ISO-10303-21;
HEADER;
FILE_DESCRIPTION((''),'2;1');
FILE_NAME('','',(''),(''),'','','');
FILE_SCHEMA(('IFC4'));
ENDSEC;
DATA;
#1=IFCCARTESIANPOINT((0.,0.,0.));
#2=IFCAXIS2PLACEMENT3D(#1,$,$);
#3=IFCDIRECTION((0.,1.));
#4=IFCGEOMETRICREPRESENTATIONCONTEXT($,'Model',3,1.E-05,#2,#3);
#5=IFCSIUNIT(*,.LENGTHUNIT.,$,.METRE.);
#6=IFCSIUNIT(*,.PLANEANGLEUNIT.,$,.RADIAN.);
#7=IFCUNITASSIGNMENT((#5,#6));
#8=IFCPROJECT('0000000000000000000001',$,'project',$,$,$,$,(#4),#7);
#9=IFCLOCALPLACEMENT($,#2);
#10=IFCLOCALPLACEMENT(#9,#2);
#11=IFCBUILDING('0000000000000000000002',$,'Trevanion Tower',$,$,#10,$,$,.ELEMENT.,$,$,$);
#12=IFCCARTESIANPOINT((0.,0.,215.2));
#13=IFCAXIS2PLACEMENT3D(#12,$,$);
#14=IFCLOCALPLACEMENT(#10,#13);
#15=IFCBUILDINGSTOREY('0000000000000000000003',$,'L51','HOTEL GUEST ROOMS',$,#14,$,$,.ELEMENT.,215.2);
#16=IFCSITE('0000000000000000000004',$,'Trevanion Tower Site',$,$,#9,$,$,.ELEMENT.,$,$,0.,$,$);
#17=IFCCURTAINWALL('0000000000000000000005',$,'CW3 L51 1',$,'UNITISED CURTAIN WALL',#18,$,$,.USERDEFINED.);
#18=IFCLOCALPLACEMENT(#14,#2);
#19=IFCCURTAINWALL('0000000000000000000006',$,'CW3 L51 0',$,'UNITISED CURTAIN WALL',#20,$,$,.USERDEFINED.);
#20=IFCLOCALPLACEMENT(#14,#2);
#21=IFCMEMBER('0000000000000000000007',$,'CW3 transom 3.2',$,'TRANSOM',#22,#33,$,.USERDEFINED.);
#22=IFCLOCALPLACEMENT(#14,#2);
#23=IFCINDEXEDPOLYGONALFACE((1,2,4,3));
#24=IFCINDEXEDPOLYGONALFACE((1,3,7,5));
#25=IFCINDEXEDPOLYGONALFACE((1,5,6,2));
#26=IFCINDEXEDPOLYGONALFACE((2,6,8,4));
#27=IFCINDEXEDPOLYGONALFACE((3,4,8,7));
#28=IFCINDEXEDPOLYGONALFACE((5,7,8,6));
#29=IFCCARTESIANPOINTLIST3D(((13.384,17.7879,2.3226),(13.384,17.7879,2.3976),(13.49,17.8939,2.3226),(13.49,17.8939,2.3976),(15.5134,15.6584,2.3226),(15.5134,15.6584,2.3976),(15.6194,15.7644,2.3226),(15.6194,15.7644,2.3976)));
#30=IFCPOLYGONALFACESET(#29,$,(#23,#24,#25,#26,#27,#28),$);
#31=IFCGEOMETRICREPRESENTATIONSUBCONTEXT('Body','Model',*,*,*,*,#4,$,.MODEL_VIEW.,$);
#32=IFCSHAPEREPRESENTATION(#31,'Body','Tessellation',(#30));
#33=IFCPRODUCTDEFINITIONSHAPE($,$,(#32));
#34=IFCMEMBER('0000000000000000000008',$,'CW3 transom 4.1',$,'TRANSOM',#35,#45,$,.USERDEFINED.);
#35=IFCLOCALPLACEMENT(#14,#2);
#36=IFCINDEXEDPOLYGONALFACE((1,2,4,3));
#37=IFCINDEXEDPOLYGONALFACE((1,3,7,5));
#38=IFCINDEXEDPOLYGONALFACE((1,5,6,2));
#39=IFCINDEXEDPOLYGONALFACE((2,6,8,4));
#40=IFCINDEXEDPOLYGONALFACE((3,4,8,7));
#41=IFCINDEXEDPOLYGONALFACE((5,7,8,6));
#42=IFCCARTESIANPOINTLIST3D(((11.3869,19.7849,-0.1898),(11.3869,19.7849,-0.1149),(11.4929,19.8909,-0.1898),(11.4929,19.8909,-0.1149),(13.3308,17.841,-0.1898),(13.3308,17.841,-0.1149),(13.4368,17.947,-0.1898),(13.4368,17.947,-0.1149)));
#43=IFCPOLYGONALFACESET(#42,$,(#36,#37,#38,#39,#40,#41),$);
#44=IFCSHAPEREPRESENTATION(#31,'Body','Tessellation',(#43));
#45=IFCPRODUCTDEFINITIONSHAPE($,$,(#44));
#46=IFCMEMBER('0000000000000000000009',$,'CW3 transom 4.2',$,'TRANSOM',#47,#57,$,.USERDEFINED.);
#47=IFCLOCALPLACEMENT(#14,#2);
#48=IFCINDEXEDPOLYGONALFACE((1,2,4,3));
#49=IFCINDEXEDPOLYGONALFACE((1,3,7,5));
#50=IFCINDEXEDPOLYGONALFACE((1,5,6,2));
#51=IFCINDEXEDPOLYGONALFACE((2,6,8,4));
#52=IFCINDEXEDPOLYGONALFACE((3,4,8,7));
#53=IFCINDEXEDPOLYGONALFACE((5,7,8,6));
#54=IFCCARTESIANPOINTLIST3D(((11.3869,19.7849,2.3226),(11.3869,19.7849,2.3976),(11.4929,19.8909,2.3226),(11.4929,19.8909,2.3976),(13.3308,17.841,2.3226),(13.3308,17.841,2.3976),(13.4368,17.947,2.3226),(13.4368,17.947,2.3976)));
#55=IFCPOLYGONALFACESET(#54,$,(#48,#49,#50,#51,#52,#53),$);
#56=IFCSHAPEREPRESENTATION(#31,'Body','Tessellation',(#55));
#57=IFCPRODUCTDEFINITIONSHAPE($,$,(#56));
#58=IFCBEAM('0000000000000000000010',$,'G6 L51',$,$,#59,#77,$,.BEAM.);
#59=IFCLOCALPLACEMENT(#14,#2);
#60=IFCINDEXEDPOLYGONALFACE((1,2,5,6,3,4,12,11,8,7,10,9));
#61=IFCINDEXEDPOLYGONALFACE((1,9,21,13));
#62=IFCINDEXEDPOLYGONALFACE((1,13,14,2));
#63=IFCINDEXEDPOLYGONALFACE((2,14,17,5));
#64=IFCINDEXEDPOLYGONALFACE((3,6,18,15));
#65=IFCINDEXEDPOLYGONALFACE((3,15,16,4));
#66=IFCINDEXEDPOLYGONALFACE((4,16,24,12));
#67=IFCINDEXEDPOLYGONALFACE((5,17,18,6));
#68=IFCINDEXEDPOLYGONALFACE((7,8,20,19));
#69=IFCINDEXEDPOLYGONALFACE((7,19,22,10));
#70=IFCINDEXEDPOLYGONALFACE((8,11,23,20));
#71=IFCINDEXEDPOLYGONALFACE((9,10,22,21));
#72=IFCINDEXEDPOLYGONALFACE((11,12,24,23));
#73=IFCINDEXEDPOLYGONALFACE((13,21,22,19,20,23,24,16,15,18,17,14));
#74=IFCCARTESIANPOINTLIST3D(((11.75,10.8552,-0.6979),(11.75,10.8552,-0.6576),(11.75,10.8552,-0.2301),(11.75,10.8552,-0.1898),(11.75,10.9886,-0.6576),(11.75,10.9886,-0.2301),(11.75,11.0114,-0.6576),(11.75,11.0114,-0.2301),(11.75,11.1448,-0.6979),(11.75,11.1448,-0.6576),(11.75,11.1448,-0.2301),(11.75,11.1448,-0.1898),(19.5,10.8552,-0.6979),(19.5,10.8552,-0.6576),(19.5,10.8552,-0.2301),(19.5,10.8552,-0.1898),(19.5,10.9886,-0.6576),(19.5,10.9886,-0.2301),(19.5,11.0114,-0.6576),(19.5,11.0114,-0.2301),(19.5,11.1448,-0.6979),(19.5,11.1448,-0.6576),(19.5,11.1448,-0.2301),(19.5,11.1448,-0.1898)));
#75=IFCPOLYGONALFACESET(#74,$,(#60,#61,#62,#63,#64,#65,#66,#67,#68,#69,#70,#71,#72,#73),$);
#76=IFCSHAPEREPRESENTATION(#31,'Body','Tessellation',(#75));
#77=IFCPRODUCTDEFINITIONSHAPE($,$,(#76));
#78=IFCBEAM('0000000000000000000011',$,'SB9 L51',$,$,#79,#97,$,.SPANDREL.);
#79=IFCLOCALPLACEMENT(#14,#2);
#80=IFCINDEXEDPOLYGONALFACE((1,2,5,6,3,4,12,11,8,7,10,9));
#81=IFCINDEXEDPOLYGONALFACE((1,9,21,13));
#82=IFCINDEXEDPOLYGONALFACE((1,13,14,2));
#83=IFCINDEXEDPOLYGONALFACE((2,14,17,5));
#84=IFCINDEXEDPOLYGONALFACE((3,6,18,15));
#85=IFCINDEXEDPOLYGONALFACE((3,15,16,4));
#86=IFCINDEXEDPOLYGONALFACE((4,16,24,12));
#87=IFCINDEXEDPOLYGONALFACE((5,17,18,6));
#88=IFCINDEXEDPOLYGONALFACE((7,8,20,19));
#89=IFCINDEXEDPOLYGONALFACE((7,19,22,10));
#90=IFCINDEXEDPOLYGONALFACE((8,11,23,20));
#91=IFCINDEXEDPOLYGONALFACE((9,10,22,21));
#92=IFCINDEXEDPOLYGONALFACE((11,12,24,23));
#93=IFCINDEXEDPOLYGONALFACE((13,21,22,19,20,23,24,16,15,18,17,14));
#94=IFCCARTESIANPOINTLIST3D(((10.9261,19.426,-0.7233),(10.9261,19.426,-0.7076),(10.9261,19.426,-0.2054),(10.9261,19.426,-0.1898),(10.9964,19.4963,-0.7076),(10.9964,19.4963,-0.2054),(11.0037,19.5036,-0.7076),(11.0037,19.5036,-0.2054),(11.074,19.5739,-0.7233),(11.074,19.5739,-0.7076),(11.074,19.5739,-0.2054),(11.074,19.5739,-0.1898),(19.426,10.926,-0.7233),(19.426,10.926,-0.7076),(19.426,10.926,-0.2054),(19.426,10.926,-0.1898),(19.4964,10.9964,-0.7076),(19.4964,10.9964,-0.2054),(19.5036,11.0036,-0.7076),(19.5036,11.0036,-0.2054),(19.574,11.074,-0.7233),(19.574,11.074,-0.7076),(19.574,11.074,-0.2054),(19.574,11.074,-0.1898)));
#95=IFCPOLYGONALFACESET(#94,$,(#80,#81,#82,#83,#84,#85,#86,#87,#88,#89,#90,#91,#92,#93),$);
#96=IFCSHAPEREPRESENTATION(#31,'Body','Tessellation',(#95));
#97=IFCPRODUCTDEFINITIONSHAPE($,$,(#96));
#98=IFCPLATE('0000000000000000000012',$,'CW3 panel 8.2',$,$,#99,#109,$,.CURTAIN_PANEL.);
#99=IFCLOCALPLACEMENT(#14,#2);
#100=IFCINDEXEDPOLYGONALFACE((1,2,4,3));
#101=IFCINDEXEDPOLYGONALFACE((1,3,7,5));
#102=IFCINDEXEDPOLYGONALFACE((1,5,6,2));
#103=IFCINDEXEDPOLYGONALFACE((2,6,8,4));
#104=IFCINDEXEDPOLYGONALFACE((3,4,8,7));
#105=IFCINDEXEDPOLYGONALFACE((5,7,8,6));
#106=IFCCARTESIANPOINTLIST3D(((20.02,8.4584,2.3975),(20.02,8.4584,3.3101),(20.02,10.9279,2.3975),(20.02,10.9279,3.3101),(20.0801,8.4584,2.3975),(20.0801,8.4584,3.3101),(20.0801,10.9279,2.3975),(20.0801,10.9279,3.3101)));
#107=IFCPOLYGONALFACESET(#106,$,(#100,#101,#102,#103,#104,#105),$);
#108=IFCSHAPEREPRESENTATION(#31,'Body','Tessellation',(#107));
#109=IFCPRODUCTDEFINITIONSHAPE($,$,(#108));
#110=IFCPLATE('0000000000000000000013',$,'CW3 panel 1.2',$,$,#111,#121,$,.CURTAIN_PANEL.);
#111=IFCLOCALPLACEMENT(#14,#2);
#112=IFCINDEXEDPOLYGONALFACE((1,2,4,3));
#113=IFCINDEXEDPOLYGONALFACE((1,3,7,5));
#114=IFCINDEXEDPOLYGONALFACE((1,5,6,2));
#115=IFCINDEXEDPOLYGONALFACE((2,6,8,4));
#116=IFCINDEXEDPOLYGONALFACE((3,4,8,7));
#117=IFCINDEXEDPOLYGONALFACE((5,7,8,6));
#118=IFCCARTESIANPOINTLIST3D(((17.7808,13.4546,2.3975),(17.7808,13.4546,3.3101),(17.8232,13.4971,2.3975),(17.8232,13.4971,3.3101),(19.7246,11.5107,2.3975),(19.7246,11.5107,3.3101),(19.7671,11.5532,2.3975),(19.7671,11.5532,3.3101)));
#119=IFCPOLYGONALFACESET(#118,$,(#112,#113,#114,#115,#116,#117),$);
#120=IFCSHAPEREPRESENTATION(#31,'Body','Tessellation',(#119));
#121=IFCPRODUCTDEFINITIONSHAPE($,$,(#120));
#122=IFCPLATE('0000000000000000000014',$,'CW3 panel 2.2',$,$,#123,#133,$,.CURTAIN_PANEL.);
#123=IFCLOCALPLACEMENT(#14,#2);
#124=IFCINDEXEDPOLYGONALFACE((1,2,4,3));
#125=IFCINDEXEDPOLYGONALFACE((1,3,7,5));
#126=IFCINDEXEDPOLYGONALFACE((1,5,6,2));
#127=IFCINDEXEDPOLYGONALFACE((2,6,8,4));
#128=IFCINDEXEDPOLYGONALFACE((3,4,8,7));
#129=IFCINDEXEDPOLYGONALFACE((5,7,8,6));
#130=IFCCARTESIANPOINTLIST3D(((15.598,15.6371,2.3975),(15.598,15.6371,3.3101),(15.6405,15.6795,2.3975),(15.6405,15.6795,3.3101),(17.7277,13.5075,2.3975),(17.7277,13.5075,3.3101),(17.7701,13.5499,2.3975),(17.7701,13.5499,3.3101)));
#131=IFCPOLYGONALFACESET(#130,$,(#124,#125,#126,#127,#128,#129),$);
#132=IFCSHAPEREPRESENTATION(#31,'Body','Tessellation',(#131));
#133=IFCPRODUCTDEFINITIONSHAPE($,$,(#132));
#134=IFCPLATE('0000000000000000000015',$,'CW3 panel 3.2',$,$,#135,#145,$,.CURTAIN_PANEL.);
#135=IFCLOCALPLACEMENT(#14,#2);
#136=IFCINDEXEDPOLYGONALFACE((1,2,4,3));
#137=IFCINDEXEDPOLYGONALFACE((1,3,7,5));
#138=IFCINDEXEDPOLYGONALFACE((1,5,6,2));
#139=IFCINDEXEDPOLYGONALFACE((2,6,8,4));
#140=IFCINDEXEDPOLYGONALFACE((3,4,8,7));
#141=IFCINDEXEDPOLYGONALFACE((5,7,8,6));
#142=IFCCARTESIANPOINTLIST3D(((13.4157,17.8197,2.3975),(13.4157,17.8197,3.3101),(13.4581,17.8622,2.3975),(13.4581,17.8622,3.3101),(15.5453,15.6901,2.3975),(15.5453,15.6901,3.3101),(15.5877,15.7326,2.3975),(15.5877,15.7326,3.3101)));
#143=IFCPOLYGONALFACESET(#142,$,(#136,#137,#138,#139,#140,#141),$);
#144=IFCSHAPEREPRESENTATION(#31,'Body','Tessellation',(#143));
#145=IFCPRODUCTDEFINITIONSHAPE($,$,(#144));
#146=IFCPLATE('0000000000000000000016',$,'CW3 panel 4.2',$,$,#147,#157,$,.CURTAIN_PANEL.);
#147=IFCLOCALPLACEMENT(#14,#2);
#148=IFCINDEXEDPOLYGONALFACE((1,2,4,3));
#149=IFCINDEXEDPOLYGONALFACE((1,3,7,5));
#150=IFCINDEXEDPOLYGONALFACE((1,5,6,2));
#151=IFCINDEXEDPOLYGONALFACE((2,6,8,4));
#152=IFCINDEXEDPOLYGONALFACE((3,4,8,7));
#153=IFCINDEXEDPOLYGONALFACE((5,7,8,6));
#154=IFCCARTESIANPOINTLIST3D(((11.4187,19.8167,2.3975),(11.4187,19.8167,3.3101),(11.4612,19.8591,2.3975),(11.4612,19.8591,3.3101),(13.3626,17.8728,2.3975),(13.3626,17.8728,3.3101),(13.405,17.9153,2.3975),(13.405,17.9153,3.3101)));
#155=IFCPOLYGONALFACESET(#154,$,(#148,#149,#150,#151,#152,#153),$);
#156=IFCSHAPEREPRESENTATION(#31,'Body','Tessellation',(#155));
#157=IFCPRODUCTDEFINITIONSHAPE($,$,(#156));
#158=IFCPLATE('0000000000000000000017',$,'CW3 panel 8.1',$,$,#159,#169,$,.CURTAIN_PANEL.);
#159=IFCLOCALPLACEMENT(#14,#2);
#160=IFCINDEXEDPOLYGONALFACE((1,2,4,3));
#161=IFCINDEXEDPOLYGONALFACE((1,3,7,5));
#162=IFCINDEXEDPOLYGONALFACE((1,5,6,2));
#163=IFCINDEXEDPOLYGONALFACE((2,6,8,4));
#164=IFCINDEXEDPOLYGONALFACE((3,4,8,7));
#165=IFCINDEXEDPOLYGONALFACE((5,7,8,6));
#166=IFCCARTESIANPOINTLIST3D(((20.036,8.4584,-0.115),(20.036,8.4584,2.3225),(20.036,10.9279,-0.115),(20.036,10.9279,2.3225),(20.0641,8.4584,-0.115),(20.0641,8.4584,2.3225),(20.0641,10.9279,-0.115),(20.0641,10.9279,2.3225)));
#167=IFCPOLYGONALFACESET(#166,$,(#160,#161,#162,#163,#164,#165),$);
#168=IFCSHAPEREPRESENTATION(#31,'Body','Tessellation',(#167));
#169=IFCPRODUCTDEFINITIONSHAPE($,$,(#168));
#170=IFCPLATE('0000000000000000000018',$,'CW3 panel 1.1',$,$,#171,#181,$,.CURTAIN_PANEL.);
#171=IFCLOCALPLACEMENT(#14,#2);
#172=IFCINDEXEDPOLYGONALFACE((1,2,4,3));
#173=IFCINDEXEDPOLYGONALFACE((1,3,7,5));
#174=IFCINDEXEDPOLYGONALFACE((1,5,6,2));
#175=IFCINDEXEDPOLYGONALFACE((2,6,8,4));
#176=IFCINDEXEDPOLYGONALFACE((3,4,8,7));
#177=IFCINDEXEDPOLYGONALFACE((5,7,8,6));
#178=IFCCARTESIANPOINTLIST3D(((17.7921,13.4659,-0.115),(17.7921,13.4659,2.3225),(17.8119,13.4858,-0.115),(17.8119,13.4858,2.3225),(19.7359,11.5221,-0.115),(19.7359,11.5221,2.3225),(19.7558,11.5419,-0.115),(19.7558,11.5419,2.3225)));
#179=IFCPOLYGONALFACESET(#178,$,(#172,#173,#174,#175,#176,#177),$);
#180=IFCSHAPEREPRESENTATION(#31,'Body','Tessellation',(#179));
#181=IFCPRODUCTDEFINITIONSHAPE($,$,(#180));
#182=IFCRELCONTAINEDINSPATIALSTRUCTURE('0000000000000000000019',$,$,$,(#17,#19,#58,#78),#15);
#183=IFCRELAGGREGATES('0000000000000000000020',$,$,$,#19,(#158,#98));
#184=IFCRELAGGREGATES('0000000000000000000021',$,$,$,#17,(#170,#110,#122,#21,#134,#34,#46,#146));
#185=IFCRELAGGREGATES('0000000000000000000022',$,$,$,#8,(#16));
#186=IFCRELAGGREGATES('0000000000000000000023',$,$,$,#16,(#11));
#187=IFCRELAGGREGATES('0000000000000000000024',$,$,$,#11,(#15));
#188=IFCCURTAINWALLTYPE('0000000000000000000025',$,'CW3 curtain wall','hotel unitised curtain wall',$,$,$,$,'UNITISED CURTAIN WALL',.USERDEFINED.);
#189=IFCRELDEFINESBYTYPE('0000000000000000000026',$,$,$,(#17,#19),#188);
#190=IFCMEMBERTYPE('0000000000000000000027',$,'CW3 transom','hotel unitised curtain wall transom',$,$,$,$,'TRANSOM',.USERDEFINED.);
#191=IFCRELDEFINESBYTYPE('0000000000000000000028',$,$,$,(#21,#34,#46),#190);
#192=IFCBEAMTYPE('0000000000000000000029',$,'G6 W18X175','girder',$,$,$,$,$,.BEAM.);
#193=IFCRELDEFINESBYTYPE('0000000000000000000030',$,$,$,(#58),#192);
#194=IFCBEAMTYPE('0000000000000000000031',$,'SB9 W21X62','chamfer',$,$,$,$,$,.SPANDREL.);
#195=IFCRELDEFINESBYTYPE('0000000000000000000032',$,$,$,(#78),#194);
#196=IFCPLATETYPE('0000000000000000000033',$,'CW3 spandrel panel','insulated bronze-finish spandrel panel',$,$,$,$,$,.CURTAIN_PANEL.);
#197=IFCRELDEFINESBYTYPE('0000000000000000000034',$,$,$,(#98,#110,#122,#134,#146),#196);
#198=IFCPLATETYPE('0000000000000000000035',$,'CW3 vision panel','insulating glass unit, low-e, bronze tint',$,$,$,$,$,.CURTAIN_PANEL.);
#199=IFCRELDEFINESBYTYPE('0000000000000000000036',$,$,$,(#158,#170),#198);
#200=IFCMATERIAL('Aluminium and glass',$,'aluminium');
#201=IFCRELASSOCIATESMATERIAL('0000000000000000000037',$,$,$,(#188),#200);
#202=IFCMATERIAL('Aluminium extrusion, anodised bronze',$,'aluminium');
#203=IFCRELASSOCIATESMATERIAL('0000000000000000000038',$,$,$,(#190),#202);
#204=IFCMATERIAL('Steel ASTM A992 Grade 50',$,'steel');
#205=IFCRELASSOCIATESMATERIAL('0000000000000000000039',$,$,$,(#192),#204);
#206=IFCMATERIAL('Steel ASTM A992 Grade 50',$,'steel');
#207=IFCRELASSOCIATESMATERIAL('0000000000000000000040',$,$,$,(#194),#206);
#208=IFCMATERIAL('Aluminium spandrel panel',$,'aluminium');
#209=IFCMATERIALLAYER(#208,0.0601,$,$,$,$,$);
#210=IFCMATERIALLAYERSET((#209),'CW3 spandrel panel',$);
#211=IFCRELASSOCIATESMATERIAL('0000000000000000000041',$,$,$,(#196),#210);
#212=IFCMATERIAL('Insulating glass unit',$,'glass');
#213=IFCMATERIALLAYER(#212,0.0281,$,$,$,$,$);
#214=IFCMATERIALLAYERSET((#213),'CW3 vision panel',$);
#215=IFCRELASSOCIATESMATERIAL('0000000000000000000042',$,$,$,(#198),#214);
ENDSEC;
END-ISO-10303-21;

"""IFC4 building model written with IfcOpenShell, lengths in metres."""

from ifc_helpers import new_model, si_unit, direction, frame, origin, origin_2d, place, context, subcontext, project, spatial, rectangle, i_section, extrude, material, layer, layer_set, material_profile, profile_set, type_object, element, aggregate, save


model = new_model("IFC4")

# Units and contexts
model_context = context("Model", 3, precision=1e-05, world=origin(), true_north=direction((0.0, 1.0)))
body_context = subcontext(model_context, "Body", "Model", "MODEL_VIEW")
ifc_project = project(units=[si_unit("LENGTHUNIT", "METRE"), si_unit("PLANEANGLEUNIT", "RADIAN")], contexts=[model_context])

# Site, building, storey
site_placement = place(None, origin())
site = spatial("IfcSite", under=ifc_project, at=site_placement, Name="Trevanion Tower Site", CompositionType="ELEMENT", RefElevation=0.0)
building_placement = place(site_placement, origin())
building = spatial("IfcBuilding", under=site, at=building_placement, Name="Trevanion Tower", CompositionType="ELEMENT")
storey_placement = place(building_placement, frame((0.0, 0.0, 215.2)))
storey = spatial("IfcBuildingStorey", under=building, at=storey_placement, Name="L51", Description="HOTEL GUEST ROOMS", CompositionType="ELEMENT", Elevation=215.2)

# Curtain wall
ifc_material_1 = material(Name="Aluminium and glass", Category="aluminium")
curtain_wall_type = type_object("IfcCurtainWallType", Name="CW3 curtain wall", Description="hotel unitised curtain wall", ElementType="UNITISED CURTAIN WALL", PredefinedType="USERDEFINED", material=ifc_material_1)
curtain_wall_1_placement = place(storey_placement, origin())
curtain_wall_1 = element("IfcCurtainWall", 1, at=curtain_wall_1_placement, inside=storey, type_object=curtain_wall_type, Name="CW3 L51 1", ObjectType="UNITISED CURTAIN WALL", PredefinedType="USERDEFINED")

# Curtain wall
curtain_wall_2_placement = place(storey_placement, origin())
curtain_wall_2 = element("IfcCurtainWall", 2, at=curtain_wall_2_placement, inside=storey, type_object=curtain_wall_type, Name="CW3 L51 0", ObjectType="UNITISED CURTAIN WALL", PredefinedType="USERDEFINED")

# Members
ifc_material_2 = material(Name="Aluminium extrusion, anodised bronze", Category="aluminium")
ifc_material_profile_1 = material_profile(ifc_material_2, rectangle(XDim=0.1499, YDim=0.075, at=origin_2d()), Name="CW3 transom")
ifc_profile_set_1 = profile_set([ifc_material_profile_1], Name="Aluminium extrusion, anodised bronze")
member_type_1 = type_object("IfcMemberType", Name="CW3 transom", Description="hotel unitised curtain wall transom", ElementType="TRANSOM", PredefinedType="USERDEFINED", material=ifc_profile_set_1)
member_1_placement = place(storey_placement, frame((15.5664, 15.7114, 2.3601), z_axis=(-0.707107, 0.707107, 0.0), x_axis=(-0.707107, -0.707107, 0.0)))
member_1 = element("IfcMember", 3, at=member_1_placement, type_object=member_type_1, Name="CW3 transom 3.2", ObjectType="TRANSOM", PredefinedType="USERDEFINED", context=body_context, shape_type="SweptSolid", body=[
    extrude(rectangle(XDim=0.1499, YDim=0.075, at=origin_2d()), origin(), (0.0, 0.0, 1.0), 3.0115),
])
member_2_placement = place(storey_placement, frame((13.3838, 17.894, -0.1523), z_axis=(-0.707107, 0.707107, 0.0), x_axis=(-0.707107, -0.707107, 0.0)))
member_2 = element("IfcMember", 4, at=member_2_placement, type_object=member_type_1, Name="CW3 transom 4.1", ObjectType="TRANSOM", PredefinedType="USERDEFINED", context=body_context, shape_type="SweptSolid", body=[
    extrude(rectangle(XDim=0.1499, YDim=0.075, at=origin_2d()), origin(), (0.0, 0.0, 1.0), 2.749),
])
member_3_placement = place(storey_placement, frame((13.3838, 17.894, 2.3601), z_axis=(-0.707107, 0.707107, 0.0), x_axis=(-0.707107, -0.707107, 0.0)))
member_3 = element("IfcMember", 5, at=member_3_placement, type_object=member_type_1, Name="CW3 transom 4.2", ObjectType="TRANSOM", PredefinedType="USERDEFINED", context=body_context, shape_type="SweptSolid", body=[
    extrude(rectangle(XDim=0.1499, YDim=0.075, at=origin_2d()), origin(), (0.0, 0.0, 1.0), 2.749),
])

# Beams
ifc_material_3 = material(Name="Steel ASTM A992 Grade 50", Category="steel")
ifc_material_profile_2 = material_profile(ifc_material_3, i_section(OverallWidth=0.2896, OverallDepth=0.5081, WebThickness=0.0227, FlangeThickness=0.0403, at=origin_2d()), Name="W18X175")
ifc_profile_set_2 = profile_set([ifc_material_profile_2], Name="Steel ASTM A992 Grade 50")
beam_type_1 = type_object("IfcBeamType", Name="G6 W18X175", Description="girder", PredefinedType="BEAM", material=ifc_profile_set_2)
beam_1_placement = place(storey_placement, frame((11.75, 11.0, -0.4438), z_axis=(1.0, 0.0, 0.0), x_axis=(0.0, 1.0, 0.0)))
element("IfcBeam", 6, at=beam_1_placement, inside=storey, type_object=beam_type_1, Name="G6 L51", PredefinedType="BEAM", context=body_context, shape_type="SweptSolid", body=[
    extrude(i_section(OverallWidth=0.2896, OverallDepth=0.5081, WebThickness=0.0227, FlangeThickness=0.0403, at=origin_2d()), origin(), (0.0, 0.0, 1.0), 7.75),
])
ifc_material_4 = material(Name="Steel ASTM A992 Grade 50", Category="steel")
ifc_material_profile_3 = material_profile(ifc_material_4, i_section(OverallWidth=0.2092, OverallDepth=0.5334, WebThickness=0.0103, FlangeThickness=0.0156, at=origin_2d()), Name="W21X62")
ifc_profile_set_3 = profile_set([ifc_material_profile_3], Name="Steel ASTM A992 Grade 50")
beam_type_2 = type_object("IfcBeamType", Name="SB9 W21X62", Description="chamfer", PredefinedType="SPANDREL", material=ifc_profile_set_3)
beam_2_placement = place(storey_placement, frame((19.5, 11.0, -0.4565), z_axis=(-0.707107, 0.707107, 0.0), x_axis=(-0.707107, -0.707107, 0.0)))
element("IfcBeam", 7, at=beam_2_placement, inside=storey, type_object=beam_type_2, Name="SB9 L51", PredefinedType="SPANDREL", context=body_context, shape_type="SweptSolid", body=[
    extrude(i_section(OverallWidth=0.2092, OverallDepth=0.5334, WebThickness=0.0103, FlangeThickness=0.0156, at=origin_2d()), origin(), (0.0, 0.0, 1.0), 12.0208),
])

# Plates
ifc_material_5 = material(Name="Aluminium spandrel panel", Category="aluminium")
ifc_layer_1 = layer(ifc_material_5, 0.0601)
ifc_layer_set_1 = layer_set([ifc_layer_1], Name="CW3 spandrel panel")
plate_type_1 = type_object("IfcPlateType", Name="CW3 spandrel panel", Description="insulated bronze-finish spandrel panel", PredefinedType="CURTAIN_PANEL", material=ifc_layer_set_1)
plate_1_placement = place(storey_placement, frame((20.05, 9.6931, 2.3975), z_axis=(0.0, 0.0, 1.0), x_axis=(0.0, 1.0, 0.0)))
plate_1 = element("IfcPlate", 8, at=plate_1_placement, type_object=plate_type_1, Name="CW3 panel 8.2", PredefinedType="CURTAIN_PANEL", context=body_context, shape_type="SweptSolid", body=[
    extrude(rectangle(XDim=2.4695, YDim=0.0601, at=origin_2d()), origin(), (0.0, 0.0, 1.0), 0.9126),
])
plate_2_placement = place(storey_placement, frame((18.7739, 12.5039, 2.3975), z_axis=(0.0, 0.0, 1.0), x_axis=(-0.707107, 0.707107, 0.0)))
plate_2 = element("IfcPlate", 9, at=plate_2_placement, type_object=plate_type_1, Name="CW3 panel 1.2", PredefinedType="CURTAIN_PANEL", context=body_context, shape_type="SweptSolid", body=[
    extrude(rectangle(XDim=2.749, YDim=0.0601, at=origin_2d()), origin(), (0.0, 0.0, 1.0), 0.9126),
])
plate_3_placement = place(storey_placement, frame((16.6841, 14.5935, 2.3975), z_axis=(0.0, 0.0, 1.0), x_axis=(-0.707107, 0.707107, 0.0)))
plate_3 = element("IfcPlate", 10, at=plate_3_placement, type_object=plate_type_1, Name="CW3 panel 2.2", PredefinedType="CURTAIN_PANEL", context=body_context, shape_type="SweptSolid", body=[
    extrude(rectangle(XDim=3.0117, YDim=0.0601, at=origin_2d()), origin(), (0.0, 0.0, 1.0), 0.9126),
])
plate_4_placement = place(storey_placement, frame((14.5017, 16.7761, 2.3975), z_axis=(0.0, 0.0, 1.0), x_axis=(-0.707107, 0.707107, 0.0)))
plate_4 = element("IfcPlate", 11, at=plate_4_placement, type_object=plate_type_1, Name="CW3 panel 3.2", PredefinedType="CURTAIN_PANEL", context=body_context, shape_type="SweptSolid", body=[
    extrude(rectangle(XDim=3.0117, YDim=0.0601, at=origin_2d()), origin(), (0.0, 0.0, 1.0), 0.9126),
])
plate_5_placement = place(storey_placement, frame((12.4119, 18.866, 2.3975), z_axis=(0.0, 0.0, 1.0), x_axis=(-0.707107, 0.707107, 0.0)))
plate_5 = element("IfcPlate", 12, at=plate_5_placement, type_object=plate_type_1, Name="CW3 panel 4.2", PredefinedType="CURTAIN_PANEL", context=body_context, shape_type="SweptSolid", body=[
    extrude(rectangle(XDim=2.749, YDim=0.0601, at=origin_2d()), origin(), (0.0, 0.0, 1.0), 0.9126),
])
ifc_material_6 = material(Name="Insulating glass unit", Category="glass")
ifc_layer_2 = layer(ifc_material_6, 0.0281)
ifc_layer_set_2 = layer_set([ifc_layer_2], Name="CW3 vision panel")
plate_type_2 = type_object("IfcPlateType", Name="CW3 vision panel", Description="insulating glass unit, low-e, bronze tint", PredefinedType="CURTAIN_PANEL", material=ifc_layer_set_2)
plate_6_placement = place(storey_placement, frame((20.05, 9.6931, -0.115), z_axis=(0.0, 0.0, 1.0), x_axis=(0.0, 1.0, 0.0)))
plate_6 = element("IfcPlate", 13, at=plate_6_placement, type_object=plate_type_2, Name="CW3 panel 8.1", PredefinedType="CURTAIN_PANEL", context=body_context, shape_type="SweptSolid", body=[
    extrude(rectangle(XDim=2.4695, YDim=0.0281, at=origin_2d()), origin(), (0.0, 0.0, 1.0), 2.4375),
])
aggregate(curtain_wall_2, [plate_6, plate_1])
plate_7_placement = place(storey_placement, frame((18.7739, 12.5039, -0.115), z_axis=(0.0, 0.0, 1.0), x_axis=(-0.707107, 0.707107, 0.0)))
plate_7 = element("IfcPlate", 14, at=plate_7_placement, type_object=plate_type_2, Name="CW3 panel 1.1", PredefinedType="CURTAIN_PANEL", context=body_context, shape_type="SweptSolid", body=[
    extrude(rectangle(XDim=2.749, YDim=0.0281, at=origin_2d()), origin(), (0.0, 0.0, 1.0), 2.4375),
])
aggregate(curtain_wall_1, [plate_7, plate_2, plate_3, member_1, plate_4, member_2, member_3, plate_5])

save(model, "model.ifc")
